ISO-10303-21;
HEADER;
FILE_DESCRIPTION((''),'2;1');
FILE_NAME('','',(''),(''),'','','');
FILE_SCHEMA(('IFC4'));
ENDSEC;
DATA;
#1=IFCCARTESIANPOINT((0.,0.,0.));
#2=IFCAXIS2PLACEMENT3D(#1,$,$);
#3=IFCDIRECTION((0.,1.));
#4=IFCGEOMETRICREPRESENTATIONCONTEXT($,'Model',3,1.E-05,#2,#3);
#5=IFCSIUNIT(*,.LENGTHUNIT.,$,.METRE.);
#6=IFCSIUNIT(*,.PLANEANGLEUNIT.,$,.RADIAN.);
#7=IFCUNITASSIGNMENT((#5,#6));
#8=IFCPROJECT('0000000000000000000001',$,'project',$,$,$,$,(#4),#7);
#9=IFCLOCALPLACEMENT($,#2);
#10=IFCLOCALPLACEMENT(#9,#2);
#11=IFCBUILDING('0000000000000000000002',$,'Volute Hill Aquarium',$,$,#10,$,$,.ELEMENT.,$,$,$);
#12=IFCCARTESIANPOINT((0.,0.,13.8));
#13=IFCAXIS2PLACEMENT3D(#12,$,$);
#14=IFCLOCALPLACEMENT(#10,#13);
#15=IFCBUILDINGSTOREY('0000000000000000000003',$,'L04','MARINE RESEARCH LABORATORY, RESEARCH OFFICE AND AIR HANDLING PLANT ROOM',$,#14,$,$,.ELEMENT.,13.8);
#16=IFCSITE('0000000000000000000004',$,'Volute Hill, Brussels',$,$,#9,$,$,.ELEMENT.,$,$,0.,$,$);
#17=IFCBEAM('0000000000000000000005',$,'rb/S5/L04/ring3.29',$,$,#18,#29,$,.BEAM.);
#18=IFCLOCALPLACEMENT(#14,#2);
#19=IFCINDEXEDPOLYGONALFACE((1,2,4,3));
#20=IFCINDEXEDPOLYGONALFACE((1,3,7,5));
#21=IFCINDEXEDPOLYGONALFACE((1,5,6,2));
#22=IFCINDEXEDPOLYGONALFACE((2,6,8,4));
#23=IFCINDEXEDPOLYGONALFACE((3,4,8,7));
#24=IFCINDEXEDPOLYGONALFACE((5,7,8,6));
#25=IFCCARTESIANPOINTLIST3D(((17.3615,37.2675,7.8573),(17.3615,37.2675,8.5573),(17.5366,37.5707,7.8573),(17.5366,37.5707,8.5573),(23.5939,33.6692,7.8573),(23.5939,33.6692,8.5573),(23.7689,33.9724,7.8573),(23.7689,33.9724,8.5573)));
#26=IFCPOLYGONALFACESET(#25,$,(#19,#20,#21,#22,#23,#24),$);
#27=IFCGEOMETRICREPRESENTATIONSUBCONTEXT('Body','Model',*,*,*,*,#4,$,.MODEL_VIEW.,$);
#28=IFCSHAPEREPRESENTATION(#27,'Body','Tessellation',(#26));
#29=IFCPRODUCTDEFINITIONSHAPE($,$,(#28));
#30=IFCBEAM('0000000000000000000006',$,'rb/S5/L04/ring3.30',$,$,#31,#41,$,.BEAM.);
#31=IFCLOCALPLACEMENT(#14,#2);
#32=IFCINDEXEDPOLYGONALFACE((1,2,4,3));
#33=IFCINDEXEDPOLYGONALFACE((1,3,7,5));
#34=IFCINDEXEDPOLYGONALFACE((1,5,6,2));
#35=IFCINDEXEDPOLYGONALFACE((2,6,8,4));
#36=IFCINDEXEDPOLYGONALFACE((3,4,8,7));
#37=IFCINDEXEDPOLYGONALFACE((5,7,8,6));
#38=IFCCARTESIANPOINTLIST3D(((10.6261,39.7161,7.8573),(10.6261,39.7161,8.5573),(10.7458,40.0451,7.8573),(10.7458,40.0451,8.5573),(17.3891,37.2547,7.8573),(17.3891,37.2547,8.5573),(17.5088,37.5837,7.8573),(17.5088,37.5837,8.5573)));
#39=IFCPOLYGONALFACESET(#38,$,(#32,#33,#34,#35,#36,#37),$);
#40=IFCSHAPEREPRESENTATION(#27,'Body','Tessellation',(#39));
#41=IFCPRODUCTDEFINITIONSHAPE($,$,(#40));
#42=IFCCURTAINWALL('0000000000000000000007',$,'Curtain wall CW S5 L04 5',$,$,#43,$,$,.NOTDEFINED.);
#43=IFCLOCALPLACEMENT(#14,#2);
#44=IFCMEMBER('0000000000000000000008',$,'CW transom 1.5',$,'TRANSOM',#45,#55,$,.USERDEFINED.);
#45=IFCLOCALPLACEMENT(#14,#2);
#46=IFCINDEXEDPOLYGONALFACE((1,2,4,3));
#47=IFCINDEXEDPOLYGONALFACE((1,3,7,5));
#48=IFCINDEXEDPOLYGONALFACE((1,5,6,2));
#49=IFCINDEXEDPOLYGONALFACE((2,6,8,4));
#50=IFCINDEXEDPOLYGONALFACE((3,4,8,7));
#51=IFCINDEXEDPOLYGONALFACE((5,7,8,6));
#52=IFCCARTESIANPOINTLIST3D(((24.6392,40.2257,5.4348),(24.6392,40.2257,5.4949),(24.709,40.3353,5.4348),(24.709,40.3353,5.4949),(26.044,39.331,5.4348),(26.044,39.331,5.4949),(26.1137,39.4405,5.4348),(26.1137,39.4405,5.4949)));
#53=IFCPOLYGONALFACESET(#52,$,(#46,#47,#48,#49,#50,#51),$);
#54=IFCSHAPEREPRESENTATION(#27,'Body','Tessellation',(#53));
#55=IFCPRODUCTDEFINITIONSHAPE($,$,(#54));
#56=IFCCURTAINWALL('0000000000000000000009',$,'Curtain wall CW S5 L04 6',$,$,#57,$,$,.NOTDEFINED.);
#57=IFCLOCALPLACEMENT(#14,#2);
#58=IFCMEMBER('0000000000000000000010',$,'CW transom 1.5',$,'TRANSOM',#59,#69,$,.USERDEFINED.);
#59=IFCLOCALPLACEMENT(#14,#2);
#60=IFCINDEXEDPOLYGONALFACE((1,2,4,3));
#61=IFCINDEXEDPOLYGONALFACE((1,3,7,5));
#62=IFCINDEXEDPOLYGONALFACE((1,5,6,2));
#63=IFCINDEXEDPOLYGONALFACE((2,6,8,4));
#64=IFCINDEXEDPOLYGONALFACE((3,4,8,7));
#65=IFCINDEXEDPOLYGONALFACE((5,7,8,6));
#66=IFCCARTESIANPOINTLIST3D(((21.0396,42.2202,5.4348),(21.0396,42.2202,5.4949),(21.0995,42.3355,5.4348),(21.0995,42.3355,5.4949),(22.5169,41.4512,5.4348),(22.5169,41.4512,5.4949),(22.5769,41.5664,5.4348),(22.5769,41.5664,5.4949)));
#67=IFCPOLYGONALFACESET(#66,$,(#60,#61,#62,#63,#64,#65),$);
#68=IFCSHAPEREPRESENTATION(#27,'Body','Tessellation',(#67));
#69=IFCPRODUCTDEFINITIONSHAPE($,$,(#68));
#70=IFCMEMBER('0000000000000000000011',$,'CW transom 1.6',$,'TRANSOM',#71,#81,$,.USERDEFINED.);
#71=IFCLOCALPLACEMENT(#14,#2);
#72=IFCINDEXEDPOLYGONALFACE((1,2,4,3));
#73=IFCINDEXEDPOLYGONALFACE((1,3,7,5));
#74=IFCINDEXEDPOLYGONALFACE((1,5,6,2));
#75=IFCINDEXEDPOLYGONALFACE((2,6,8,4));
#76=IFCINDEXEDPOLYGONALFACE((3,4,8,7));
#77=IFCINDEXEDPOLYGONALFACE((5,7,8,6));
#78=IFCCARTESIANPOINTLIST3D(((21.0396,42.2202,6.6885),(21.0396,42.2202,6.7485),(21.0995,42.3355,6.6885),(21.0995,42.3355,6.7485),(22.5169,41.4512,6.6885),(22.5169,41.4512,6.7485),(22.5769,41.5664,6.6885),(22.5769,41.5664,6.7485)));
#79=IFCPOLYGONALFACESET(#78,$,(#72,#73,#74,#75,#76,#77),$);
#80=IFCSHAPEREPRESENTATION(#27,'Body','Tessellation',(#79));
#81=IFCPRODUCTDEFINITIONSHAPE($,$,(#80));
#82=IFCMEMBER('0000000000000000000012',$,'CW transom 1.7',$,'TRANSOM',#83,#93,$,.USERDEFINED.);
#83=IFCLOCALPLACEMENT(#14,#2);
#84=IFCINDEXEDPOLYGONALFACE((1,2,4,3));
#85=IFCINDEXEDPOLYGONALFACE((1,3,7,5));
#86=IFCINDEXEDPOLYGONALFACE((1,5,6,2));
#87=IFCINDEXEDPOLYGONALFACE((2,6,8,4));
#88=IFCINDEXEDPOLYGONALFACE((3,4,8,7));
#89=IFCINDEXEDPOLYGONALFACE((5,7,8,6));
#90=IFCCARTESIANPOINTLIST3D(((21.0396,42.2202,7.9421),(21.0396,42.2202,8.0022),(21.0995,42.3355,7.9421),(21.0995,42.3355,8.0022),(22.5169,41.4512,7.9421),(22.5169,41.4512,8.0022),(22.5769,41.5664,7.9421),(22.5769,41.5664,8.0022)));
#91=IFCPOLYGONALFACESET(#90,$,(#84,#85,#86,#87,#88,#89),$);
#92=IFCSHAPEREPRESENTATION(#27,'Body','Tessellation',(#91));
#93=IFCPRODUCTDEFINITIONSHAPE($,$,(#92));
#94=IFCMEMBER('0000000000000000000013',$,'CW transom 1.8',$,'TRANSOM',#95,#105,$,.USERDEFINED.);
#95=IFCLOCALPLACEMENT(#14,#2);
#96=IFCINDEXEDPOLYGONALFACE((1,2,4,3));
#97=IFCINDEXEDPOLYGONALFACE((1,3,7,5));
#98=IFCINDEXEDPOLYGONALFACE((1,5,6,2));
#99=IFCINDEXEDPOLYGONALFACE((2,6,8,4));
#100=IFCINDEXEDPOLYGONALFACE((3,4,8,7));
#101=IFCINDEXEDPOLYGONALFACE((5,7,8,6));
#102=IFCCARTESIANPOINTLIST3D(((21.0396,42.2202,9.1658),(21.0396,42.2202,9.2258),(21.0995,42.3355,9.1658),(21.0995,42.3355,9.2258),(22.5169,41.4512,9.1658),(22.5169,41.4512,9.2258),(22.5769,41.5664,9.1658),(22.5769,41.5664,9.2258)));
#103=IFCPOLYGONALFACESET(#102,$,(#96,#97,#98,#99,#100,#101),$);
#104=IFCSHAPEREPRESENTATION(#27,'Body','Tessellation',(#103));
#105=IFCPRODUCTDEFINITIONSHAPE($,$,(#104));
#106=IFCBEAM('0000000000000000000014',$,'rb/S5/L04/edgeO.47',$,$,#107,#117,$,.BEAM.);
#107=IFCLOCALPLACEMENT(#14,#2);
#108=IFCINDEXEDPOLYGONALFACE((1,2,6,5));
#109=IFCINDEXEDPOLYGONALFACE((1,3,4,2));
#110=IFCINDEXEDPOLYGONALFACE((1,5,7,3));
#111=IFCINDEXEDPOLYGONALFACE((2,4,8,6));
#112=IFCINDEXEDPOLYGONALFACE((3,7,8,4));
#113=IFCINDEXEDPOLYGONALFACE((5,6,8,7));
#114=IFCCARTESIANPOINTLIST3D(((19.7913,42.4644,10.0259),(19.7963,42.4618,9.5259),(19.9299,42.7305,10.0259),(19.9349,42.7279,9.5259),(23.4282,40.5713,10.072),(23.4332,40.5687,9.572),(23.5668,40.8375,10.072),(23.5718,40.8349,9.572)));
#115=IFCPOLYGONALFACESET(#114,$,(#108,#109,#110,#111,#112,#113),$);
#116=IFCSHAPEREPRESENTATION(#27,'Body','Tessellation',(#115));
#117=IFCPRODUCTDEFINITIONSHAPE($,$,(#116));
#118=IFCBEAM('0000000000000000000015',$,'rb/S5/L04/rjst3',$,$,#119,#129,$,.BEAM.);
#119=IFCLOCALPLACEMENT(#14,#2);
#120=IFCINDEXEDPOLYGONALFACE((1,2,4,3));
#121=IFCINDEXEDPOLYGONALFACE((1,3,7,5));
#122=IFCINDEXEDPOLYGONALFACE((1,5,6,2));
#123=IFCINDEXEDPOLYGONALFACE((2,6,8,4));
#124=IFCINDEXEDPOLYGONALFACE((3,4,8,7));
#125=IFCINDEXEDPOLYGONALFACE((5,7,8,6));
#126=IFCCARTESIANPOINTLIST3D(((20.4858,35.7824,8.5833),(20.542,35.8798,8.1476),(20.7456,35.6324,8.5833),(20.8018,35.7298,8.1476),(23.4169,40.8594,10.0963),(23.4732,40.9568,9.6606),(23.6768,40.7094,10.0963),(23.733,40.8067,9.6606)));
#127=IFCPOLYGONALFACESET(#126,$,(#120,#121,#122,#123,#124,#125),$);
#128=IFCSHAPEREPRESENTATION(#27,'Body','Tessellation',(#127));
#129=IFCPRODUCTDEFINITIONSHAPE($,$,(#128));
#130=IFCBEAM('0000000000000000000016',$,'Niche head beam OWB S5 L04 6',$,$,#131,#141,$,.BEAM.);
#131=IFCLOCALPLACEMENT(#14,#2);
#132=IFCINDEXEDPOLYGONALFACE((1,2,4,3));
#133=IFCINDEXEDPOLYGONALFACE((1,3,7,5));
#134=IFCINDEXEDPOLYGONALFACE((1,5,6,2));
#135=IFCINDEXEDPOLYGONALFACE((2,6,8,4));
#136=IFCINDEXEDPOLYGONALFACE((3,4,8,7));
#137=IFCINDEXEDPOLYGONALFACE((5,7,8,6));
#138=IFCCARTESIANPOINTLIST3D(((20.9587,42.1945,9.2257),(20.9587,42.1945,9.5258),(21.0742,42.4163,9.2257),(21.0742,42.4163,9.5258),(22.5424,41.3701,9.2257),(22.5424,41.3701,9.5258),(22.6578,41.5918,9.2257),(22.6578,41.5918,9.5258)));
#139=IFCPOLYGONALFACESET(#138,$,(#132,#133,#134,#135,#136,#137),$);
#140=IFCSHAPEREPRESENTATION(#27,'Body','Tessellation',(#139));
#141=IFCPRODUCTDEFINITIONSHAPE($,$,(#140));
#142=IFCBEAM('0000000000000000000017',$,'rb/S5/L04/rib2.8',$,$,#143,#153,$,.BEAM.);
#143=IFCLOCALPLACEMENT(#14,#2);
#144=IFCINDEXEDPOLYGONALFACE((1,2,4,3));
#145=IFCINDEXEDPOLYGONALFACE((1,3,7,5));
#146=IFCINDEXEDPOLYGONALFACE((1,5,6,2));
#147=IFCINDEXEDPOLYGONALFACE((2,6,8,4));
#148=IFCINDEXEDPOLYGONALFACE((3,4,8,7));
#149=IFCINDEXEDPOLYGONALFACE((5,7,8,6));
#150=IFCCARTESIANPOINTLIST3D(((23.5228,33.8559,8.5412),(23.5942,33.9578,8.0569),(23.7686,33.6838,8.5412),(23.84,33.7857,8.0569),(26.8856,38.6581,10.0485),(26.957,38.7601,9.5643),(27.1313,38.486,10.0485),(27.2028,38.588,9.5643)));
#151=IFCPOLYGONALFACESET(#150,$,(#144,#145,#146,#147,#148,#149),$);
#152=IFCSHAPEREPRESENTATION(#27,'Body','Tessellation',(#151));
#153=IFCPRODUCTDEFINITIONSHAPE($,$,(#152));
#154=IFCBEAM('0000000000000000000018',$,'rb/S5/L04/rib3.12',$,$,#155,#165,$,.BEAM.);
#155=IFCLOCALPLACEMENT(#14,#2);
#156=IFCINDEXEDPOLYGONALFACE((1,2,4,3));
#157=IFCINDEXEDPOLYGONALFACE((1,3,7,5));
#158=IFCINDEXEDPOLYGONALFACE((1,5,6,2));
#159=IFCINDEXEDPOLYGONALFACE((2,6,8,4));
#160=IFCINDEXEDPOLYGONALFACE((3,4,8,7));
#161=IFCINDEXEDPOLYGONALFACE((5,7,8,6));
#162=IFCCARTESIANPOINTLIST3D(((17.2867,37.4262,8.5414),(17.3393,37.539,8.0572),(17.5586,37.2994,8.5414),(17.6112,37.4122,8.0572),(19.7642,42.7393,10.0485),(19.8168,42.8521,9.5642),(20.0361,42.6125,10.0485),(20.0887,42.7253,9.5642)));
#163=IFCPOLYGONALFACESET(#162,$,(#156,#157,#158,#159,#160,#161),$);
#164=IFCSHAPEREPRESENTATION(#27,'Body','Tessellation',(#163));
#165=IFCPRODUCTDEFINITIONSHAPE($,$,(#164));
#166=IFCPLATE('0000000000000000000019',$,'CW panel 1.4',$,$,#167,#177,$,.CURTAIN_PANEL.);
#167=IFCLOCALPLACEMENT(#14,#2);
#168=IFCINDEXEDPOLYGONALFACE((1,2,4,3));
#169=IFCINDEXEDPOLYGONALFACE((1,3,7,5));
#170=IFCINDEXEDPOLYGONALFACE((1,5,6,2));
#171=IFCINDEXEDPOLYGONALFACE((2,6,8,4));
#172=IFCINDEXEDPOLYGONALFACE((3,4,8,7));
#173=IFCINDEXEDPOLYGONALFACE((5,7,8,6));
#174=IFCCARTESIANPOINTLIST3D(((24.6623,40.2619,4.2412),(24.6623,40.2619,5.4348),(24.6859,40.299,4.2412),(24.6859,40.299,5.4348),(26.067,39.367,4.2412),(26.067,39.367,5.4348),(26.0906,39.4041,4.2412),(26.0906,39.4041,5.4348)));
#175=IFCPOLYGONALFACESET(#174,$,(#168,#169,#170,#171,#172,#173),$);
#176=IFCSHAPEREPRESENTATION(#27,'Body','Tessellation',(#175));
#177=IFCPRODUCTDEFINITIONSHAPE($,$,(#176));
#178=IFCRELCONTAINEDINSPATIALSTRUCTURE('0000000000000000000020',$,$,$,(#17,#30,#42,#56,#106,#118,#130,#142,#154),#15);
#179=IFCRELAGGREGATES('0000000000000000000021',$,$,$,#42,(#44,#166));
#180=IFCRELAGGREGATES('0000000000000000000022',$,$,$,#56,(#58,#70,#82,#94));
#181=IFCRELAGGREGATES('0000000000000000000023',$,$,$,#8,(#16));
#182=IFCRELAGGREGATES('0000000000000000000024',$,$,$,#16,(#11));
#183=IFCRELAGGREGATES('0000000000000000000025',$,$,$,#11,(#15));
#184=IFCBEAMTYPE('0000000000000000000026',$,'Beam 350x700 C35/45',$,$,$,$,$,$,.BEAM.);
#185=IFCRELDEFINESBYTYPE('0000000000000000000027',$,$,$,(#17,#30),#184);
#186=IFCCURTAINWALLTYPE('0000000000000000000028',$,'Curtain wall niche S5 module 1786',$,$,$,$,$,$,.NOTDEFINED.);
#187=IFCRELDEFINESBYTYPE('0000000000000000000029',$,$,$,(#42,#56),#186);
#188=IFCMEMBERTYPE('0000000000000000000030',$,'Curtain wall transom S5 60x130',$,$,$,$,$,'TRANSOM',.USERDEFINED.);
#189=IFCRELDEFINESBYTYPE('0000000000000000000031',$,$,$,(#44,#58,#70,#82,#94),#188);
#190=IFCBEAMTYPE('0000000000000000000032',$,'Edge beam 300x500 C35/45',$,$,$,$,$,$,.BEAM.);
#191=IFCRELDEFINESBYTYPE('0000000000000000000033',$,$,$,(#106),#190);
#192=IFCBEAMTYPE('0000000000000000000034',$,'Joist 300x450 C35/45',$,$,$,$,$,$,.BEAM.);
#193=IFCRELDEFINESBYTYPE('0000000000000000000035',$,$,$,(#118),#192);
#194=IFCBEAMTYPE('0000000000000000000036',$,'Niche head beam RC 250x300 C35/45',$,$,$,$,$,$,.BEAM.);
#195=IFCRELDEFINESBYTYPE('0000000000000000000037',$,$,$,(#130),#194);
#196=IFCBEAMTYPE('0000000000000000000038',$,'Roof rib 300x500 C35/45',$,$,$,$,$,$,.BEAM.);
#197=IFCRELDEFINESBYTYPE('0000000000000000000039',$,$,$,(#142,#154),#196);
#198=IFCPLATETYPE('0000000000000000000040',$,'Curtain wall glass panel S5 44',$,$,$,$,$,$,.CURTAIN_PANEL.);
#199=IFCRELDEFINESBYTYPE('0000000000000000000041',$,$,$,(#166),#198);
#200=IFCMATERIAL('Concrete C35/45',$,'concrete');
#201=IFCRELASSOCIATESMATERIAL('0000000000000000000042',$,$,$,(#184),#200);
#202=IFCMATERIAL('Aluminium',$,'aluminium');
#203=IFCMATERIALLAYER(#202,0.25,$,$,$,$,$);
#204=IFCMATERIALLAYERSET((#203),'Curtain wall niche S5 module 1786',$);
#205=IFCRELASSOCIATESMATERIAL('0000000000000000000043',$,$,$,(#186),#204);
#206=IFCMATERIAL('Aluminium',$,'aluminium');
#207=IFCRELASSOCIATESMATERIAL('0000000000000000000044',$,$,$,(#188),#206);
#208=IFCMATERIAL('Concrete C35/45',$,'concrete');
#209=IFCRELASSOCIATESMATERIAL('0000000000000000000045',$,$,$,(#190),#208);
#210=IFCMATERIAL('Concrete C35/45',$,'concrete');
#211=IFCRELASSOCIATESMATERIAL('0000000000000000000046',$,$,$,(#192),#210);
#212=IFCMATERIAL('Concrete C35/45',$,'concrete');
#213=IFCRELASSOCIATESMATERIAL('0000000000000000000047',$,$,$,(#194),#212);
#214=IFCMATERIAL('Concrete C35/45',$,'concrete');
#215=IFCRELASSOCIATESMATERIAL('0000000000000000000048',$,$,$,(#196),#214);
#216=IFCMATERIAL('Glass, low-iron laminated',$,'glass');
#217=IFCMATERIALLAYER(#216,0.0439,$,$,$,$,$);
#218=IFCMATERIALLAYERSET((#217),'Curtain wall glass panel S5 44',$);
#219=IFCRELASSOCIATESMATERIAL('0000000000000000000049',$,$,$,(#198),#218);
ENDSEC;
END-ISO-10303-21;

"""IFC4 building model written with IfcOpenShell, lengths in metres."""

from ifc_helpers import new_model, si_unit, direction, frame, origin, origin_2d, place, context, subcontext, project, spatial, rectangle, extrude, material, layer, layer_set, material_profile, profile_set, type_object, element, aggregate, save


model = new_model("IFC4")

# Units and contexts
model_context = context("Model", 3, precision=1e-05, world=origin(), true_north=direction((0.0, 1.0)))
body_context = subcontext(model_context, "Body", "Model", "MODEL_VIEW")
ifc_project = project(units=[si_unit("LENGTHUNIT", "METRE"), si_unit("PLANEANGLEUNIT", "RADIAN")], contexts=[model_context])

# Site, building, storey
site_placement = place(None, origin())
site = spatial("IfcSite", under=ifc_project, at=site_placement, Name="Volute Hill, Brussels", CompositionType="ELEMENT", RefElevation=0.0)
building_placement = place(site_placement, origin())
building = spatial("IfcBuilding", under=site, at=building_placement, Name="Volute Hill Aquarium", CompositionType="ELEMENT")
storey_placement = place(building_placement, frame((0.0, 0.0, 13.8)))
storey = spatial("IfcBuildingStorey", under=building, at=storey_placement, Name="L04", Description="MARINE RESEARCH LABORATORY, RESEARCH OFFICE AND AIR HANDLING PLANT ROOM", CompositionType="ELEMENT", Elevation=13.8)

# Beams
ifc_material_1 = material(Name="Concrete C35/45", Category="concrete")
ifc_material_profile_1 = material_profile(ifc_material_1, rectangle(XDim=0.3501, YDim=0.7, at=origin_2d()), Name="RC beam 350x700")
ifc_profile_set_1 = profile_set([ifc_material_profile_1], Name="Concrete C35/45")
beam_type_1 = type_object("IfcBeamType", Name="Beam 350x700 C35/45", PredefinedType="BEAM", material=ifc_profile_set_1)
beam_1_placement = place(storey_placement, frame((23.6814, 33.8208, 8.2073), z_axis=(-0.866019, 0.50001, 0.0), x_axis=(-0.50001, -0.866019, 0.0)))
element("IfcBeam", 1, at=beam_1_placement, inside=storey, type_object=beam_type_1, Name="rb/S5/L04/ring3.29", PredefinedType="BEAM", context=body_context, shape_type="SweptSolid", body=[
    extrude(rectangle(XDim=0.3501, YDim=0.7, at=origin_2d()), origin(), (0.0, 0.0, 1.0), 7.1965),
])
beam_2_placement = place(storey_placement, frame((17.449, 37.4192, 8.2073), z_axis=(-0.939696, 0.34201, 0.0), x_axis=(-0.34201, -0.939696, 0.0)))
element("IfcBeam", 2, at=beam_2_placement, inside=storey, type_object=beam_type_1, Name="rb/S5/L04/ring3.30", PredefinedType="BEAM", context=body_context, shape_type="SweptSolid", body=[
    extrude(rectangle(XDim=0.3501, YDim=0.7, at=origin_2d()), origin(), (0.0, 0.0, 1.0), 7.197),
])

# Curtain wall, member
ifc_material_2 = material(Name="Aluminium", Category="aluminium")
ifc_layer_1 = layer(ifc_material_2, 0.25)
ifc_layer_set_1 = layer_set([ifc_layer_1], Name="Curtain wall niche S5 module 1786")
curtain_wall_type = type_object("IfcCurtainWallType", Name="Curtain wall niche S5 module 1786", PredefinedType="NOTDEFINED", material=ifc_layer_set_1)
curtain_wall_1_placement = place(storey_placement, origin())
curtain_wall_1 = element("IfcCurtainWall", 3, at=curtain_wall_1_placement, inside=storey, type_object=curtain_wall_type, Name="Curtain wall CW S5 L04 5", PredefinedType="NOTDEFINED")
ifc_material_3 = material(Name="Aluminium", Category="aluminium")
ifc_material_profile_2 = material_profile(ifc_material_3, rectangle(XDim=0.1299, YDim=0.0601, at=origin_2d()), Name="Curtain wall transom S5 60x130")
ifc_profile_set_2 = profile_set([ifc_material_profile_2], Name="Aluminium")
member_type = type_object("IfcMemberType", Name="Curtain wall transom S5 60x130", ElementType="TRANSOM", PredefinedType="USERDEFINED", material=ifc_profile_set_2)
member_1_placement = place(storey_placement, frame((26.0789, 39.3857, 5.4648), z_axis=(-0.843438, 0.537226, 0.0), x_axis=(-0.537226, -0.843438, 0.0)))
member_1 = element("IfcMember", 4, at=member_1_placement, type_object=member_type, Name="CW transom 1.5", ObjectType="TRANSOM", PredefinedType="USERDEFINED", context=body_context, shape_type="SweptSolid", body=[
    extrude(rectangle(XDim=0.1299, YDim=0.0601, at=origin_2d()), origin(), (0.0, 0.0, 1.0), 1.6655),
])

# Curtain wall, members
curtain_wall_2_placement = place(storey_placement, origin())
curtain_wall_2 = element("IfcCurtainWall", 5, at=curtain_wall_2_placement, inside=storey, type_object=curtain_wall_type, Name="Curtain wall CW S5 L04 6", PredefinedType="NOTDEFINED")
member_2_placement = place(storey_placement, frame((22.5469, 41.5088, 5.4648), z_axis=(-0.887008, 0.461754, 0.0), x_axis=(-0.461754, -0.887008, 0.0)))
member_2 = element("IfcMember", 6, at=member_2_placement, type_object=member_type, Name="CW transom 1.5", ObjectType="TRANSOM", PredefinedType="USERDEFINED", context=body_context, shape_type="SweptSolid", body=[
    extrude(rectangle(XDim=0.1299, YDim=0.0601, at=origin_2d()), origin(), (0.0, 0.0, 1.0), 1.6655),
])
member_3_placement = place(storey_placement, frame((22.5469, 41.5088, 6.7185), z_axis=(-0.887008, 0.461754, 0.0), x_axis=(-0.461754, -0.887008, 0.0)))
member_3 = element("IfcMember", 7, at=member_3_placement, type_object=member_type, Name="CW transom 1.6", ObjectType="TRANSOM", PredefinedType="USERDEFINED", context=body_context, shape_type="SweptSolid", body=[
    extrude(rectangle(XDim=0.1299, YDim=0.0601, at=origin_2d()), origin(), (0.0, 0.0, 1.0), 1.6655),
])
member_4_placement = place(storey_placement, frame((22.5469, 41.5088, 7.9722), z_axis=(-0.887008, 0.461754, 0.0), x_axis=(-0.461754, -0.887008, 0.0)))
member_4 = element("IfcMember", 8, at=member_4_placement, type_object=member_type, Name="CW transom 1.7", ObjectType="TRANSOM", PredefinedType="USERDEFINED", context=body_context, shape_type="SweptSolid", body=[
    extrude(rectangle(XDim=0.1299, YDim=0.0601, at=origin_2d()), origin(), (0.0, 0.0, 1.0), 1.6655),
])
member_5_placement = place(storey_placement, frame((22.5469, 41.5088, 9.1958), z_axis=(-0.887008, 0.461754, 0.0), x_axis=(-0.461754, -0.887008, 0.0)))
member_5 = element("IfcMember", 9, at=member_5_placement, type_object=member_type, Name="CW transom 1.8", ObjectType="TRANSOM", PredefinedType="USERDEFINED", context=body_context, shape_type="SweptSolid", body=[
    extrude(rectangle(XDim=0.1299, YDim=0.0601, at=origin_2d()), origin(), (0.0, 0.0, 1.0), 1.6655),
])

# Beams
ifc_material_4 = material(Name="Concrete C35/45", Category="concrete")
ifc_material_profile_3 = material_profile(ifc_material_4, rectangle(XDim=0.3, YDim=0.5, at=origin_2d()), Name="RC edge beam 300x500")
ifc_profile_set_3 = profile_set([ifc_material_profile_3], Name="Concrete C35/45")
beam_type_2 = type_object("IfcBeamType", Name="Edge beam 300x500 C35/45", PredefinedType="BEAM", material=ifc_profile_set_3)
beam_3_placement = place(storey_placement, frame((23.5, 40.7031, 9.822), z_axis=(-0.886976, 0.461678, -0.011253), x_axis=(-0.461707, -0.887032, 0.0)))
element("IfcBeam", 10, at=beam_3_placement, inside=storey, type_object=beam_type_2, Name="rb/S5/L04/edgeO.47", PredefinedType="BEAM", context=body_context, shape_type="SweptSolid", body=[
    extrude(rectangle(XDim=0.3, YDim=0.5, at=origin_2d()), origin(), (0.0, 0.0, 1.0), 4.1003),
])
ifc_material_5 = material(Name="Concrete C35/45", Category="concrete")
ifc_material_profile_4 = material_profile(ifc_material_5, rectangle(XDim=0.3, YDim=0.45, at=origin_2d()), Name="RC joist 300x450")
ifc_profile_set_4 = profile_set([ifc_material_profile_4], Name="Concrete C35/45")
beam_type_3 = type_object("IfcBeamType", Name="Joist 300x450 C35/45", PredefinedType="BEAM", material=ifc_profile_set_4)
beam_4_placement = place(storey_placement, frame((20.6438, 35.7561, 8.3655), z_axis=(0.484137, 0.83855, 0.249891), x_axis=(-0.866025, 0.5, 0.0)))
element("IfcBeam", 11, at=beam_4_placement, inside=storey, type_object=beam_type_3, Name="rb/S5/L04/rjst3", PredefinedType="BEAM", context=body_context, shape_type="SweptSolid", body=[
    extrude(rectangle(XDim=0.3, YDim=0.45, at=origin_2d()), origin(), (0.0, 0.0, 1.0), 6.0544),
])
ifc_material_6 = material(Name="Concrete C35/45", Category="concrete")
ifc_material_profile_5 = material_profile(ifc_material_6, rectangle(XDim=0.25, YDim=0.3, at=origin_2d()), Name="RC beam 250x300")
ifc_profile_set_5 = profile_set([ifc_material_profile_5], Name="Concrete C35/45")
beam_type_4 = type_object("IfcBeamType", Name="Niche head beam RC 250x300 C35/45", PredefinedType="BEAM", material=ifc_profile_set_5)
beam_5_placement = place(storey_placement, frame((22.6001, 41.481, 9.3757), z_axis=(-0.887006, 0.461757, 0.0), x_axis=(-0.461757, -0.887006, 0.0)))
element("IfcBeam", 12, at=beam_5_placement, inside=storey, type_object=beam_type_4, Name="Niche head beam OWB S5 L04 6", PredefinedType="BEAM", context=body_context, shape_type="SweptSolid", body=[
    extrude(rectangle(XDim=0.25, YDim=0.3, at=origin_2d()), origin(), (0.0, 0.0, 1.0), 1.7854),
])
ifc_material_7 = material(Name="Concrete C35/45", Category="concrete")
ifc_material_profile_6 = material_profile(ifc_material_7, rectangle(XDim=0.3, YDim=0.5, at=origin_2d()), Name="RC rib 300x500")
ifc_profile_set_6 = profile_set([ifc_material_profile_6], Name="Concrete C35/45")
beam_type_5 = type_object("IfcBeamType", Name="Roof rib 300x500 C35/45", PredefinedType="BEAM", material=ifc_profile_set_6)
beam_6_placement = place(storey_placement, frame((23.6814, 33.8208, 8.2991), z_axis=(0.555534, 0.793332, 0.24901), x_axis=(-0.819134, 0.573602, 0.0)))
element("IfcBeam", 13, at=beam_6_placement, inside=storey, type_object=beam_type_5, Name="rb/S5/L04/rib2.8", PredefinedType="BEAM", context=body_context, shape_type="SweptSolid", body=[
    extrude(rectangle(XDim=0.3, YDim=0.5, at=origin_2d()), origin(), (0.0, 0.0, 1.0), 6.0532),
])
beam_7_placement = place(storey_placement, frame((17.449, 37.4192, 8.2993), z_axis=(0.409301, 0.877772, 0.248977), x_axis=(-0.906312, 0.42261, 0.0)))
element("IfcBeam", 14, at=beam_7_placement, inside=storey, type_object=beam_type_5, Name="rb/S5/L04/rib3.12", PredefinedType="BEAM", context=body_context, shape_type="SweptSolid", body=[
    extrude(rectangle(XDim=0.3, YDim=0.5, at=origin_2d()), origin(), (0.0, 0.0, 1.0), 6.053),
])

# Plate
ifc_material_8 = material(Name="Glass, low-iron laminated", Category="glass")
ifc_layer_2 = layer(ifc_material_8, 0.0439)
ifc_layer_set_2 = layer_set([ifc_layer_2], Name="Curtain wall glass panel S5 44")
plate_type = type_object("IfcPlateType", Name="Curtain wall glass panel S5 44", PredefinedType="CURTAIN_PANEL", material=ifc_layer_set_2)
plate_1_placement = place(storey_placement, frame((25.3765, 39.833, 4.2412), z_axis=(0.0, 0.0, 1.0), x_axis=(-0.843385, 0.53731, 0.0)))
plate_1 = element("IfcPlate", 15, at=plate_1_placement, type_object=plate_type, Name="CW panel 1.4", PredefinedType="CURTAIN_PANEL", context=body_context, shape_type="SweptSolid", body=[
    extrude(rectangle(XDim=1.6655, YDim=0.0439, at=origin_2d()), origin(), (0.0, 0.0, 1.0), 1.1936),
])
aggregate(curtain_wall_1, [member_1, plate_1])
aggregate(curtain_wall_2, [member_2, member_3, member_4, member_5])

save(model, "model.ifc")
